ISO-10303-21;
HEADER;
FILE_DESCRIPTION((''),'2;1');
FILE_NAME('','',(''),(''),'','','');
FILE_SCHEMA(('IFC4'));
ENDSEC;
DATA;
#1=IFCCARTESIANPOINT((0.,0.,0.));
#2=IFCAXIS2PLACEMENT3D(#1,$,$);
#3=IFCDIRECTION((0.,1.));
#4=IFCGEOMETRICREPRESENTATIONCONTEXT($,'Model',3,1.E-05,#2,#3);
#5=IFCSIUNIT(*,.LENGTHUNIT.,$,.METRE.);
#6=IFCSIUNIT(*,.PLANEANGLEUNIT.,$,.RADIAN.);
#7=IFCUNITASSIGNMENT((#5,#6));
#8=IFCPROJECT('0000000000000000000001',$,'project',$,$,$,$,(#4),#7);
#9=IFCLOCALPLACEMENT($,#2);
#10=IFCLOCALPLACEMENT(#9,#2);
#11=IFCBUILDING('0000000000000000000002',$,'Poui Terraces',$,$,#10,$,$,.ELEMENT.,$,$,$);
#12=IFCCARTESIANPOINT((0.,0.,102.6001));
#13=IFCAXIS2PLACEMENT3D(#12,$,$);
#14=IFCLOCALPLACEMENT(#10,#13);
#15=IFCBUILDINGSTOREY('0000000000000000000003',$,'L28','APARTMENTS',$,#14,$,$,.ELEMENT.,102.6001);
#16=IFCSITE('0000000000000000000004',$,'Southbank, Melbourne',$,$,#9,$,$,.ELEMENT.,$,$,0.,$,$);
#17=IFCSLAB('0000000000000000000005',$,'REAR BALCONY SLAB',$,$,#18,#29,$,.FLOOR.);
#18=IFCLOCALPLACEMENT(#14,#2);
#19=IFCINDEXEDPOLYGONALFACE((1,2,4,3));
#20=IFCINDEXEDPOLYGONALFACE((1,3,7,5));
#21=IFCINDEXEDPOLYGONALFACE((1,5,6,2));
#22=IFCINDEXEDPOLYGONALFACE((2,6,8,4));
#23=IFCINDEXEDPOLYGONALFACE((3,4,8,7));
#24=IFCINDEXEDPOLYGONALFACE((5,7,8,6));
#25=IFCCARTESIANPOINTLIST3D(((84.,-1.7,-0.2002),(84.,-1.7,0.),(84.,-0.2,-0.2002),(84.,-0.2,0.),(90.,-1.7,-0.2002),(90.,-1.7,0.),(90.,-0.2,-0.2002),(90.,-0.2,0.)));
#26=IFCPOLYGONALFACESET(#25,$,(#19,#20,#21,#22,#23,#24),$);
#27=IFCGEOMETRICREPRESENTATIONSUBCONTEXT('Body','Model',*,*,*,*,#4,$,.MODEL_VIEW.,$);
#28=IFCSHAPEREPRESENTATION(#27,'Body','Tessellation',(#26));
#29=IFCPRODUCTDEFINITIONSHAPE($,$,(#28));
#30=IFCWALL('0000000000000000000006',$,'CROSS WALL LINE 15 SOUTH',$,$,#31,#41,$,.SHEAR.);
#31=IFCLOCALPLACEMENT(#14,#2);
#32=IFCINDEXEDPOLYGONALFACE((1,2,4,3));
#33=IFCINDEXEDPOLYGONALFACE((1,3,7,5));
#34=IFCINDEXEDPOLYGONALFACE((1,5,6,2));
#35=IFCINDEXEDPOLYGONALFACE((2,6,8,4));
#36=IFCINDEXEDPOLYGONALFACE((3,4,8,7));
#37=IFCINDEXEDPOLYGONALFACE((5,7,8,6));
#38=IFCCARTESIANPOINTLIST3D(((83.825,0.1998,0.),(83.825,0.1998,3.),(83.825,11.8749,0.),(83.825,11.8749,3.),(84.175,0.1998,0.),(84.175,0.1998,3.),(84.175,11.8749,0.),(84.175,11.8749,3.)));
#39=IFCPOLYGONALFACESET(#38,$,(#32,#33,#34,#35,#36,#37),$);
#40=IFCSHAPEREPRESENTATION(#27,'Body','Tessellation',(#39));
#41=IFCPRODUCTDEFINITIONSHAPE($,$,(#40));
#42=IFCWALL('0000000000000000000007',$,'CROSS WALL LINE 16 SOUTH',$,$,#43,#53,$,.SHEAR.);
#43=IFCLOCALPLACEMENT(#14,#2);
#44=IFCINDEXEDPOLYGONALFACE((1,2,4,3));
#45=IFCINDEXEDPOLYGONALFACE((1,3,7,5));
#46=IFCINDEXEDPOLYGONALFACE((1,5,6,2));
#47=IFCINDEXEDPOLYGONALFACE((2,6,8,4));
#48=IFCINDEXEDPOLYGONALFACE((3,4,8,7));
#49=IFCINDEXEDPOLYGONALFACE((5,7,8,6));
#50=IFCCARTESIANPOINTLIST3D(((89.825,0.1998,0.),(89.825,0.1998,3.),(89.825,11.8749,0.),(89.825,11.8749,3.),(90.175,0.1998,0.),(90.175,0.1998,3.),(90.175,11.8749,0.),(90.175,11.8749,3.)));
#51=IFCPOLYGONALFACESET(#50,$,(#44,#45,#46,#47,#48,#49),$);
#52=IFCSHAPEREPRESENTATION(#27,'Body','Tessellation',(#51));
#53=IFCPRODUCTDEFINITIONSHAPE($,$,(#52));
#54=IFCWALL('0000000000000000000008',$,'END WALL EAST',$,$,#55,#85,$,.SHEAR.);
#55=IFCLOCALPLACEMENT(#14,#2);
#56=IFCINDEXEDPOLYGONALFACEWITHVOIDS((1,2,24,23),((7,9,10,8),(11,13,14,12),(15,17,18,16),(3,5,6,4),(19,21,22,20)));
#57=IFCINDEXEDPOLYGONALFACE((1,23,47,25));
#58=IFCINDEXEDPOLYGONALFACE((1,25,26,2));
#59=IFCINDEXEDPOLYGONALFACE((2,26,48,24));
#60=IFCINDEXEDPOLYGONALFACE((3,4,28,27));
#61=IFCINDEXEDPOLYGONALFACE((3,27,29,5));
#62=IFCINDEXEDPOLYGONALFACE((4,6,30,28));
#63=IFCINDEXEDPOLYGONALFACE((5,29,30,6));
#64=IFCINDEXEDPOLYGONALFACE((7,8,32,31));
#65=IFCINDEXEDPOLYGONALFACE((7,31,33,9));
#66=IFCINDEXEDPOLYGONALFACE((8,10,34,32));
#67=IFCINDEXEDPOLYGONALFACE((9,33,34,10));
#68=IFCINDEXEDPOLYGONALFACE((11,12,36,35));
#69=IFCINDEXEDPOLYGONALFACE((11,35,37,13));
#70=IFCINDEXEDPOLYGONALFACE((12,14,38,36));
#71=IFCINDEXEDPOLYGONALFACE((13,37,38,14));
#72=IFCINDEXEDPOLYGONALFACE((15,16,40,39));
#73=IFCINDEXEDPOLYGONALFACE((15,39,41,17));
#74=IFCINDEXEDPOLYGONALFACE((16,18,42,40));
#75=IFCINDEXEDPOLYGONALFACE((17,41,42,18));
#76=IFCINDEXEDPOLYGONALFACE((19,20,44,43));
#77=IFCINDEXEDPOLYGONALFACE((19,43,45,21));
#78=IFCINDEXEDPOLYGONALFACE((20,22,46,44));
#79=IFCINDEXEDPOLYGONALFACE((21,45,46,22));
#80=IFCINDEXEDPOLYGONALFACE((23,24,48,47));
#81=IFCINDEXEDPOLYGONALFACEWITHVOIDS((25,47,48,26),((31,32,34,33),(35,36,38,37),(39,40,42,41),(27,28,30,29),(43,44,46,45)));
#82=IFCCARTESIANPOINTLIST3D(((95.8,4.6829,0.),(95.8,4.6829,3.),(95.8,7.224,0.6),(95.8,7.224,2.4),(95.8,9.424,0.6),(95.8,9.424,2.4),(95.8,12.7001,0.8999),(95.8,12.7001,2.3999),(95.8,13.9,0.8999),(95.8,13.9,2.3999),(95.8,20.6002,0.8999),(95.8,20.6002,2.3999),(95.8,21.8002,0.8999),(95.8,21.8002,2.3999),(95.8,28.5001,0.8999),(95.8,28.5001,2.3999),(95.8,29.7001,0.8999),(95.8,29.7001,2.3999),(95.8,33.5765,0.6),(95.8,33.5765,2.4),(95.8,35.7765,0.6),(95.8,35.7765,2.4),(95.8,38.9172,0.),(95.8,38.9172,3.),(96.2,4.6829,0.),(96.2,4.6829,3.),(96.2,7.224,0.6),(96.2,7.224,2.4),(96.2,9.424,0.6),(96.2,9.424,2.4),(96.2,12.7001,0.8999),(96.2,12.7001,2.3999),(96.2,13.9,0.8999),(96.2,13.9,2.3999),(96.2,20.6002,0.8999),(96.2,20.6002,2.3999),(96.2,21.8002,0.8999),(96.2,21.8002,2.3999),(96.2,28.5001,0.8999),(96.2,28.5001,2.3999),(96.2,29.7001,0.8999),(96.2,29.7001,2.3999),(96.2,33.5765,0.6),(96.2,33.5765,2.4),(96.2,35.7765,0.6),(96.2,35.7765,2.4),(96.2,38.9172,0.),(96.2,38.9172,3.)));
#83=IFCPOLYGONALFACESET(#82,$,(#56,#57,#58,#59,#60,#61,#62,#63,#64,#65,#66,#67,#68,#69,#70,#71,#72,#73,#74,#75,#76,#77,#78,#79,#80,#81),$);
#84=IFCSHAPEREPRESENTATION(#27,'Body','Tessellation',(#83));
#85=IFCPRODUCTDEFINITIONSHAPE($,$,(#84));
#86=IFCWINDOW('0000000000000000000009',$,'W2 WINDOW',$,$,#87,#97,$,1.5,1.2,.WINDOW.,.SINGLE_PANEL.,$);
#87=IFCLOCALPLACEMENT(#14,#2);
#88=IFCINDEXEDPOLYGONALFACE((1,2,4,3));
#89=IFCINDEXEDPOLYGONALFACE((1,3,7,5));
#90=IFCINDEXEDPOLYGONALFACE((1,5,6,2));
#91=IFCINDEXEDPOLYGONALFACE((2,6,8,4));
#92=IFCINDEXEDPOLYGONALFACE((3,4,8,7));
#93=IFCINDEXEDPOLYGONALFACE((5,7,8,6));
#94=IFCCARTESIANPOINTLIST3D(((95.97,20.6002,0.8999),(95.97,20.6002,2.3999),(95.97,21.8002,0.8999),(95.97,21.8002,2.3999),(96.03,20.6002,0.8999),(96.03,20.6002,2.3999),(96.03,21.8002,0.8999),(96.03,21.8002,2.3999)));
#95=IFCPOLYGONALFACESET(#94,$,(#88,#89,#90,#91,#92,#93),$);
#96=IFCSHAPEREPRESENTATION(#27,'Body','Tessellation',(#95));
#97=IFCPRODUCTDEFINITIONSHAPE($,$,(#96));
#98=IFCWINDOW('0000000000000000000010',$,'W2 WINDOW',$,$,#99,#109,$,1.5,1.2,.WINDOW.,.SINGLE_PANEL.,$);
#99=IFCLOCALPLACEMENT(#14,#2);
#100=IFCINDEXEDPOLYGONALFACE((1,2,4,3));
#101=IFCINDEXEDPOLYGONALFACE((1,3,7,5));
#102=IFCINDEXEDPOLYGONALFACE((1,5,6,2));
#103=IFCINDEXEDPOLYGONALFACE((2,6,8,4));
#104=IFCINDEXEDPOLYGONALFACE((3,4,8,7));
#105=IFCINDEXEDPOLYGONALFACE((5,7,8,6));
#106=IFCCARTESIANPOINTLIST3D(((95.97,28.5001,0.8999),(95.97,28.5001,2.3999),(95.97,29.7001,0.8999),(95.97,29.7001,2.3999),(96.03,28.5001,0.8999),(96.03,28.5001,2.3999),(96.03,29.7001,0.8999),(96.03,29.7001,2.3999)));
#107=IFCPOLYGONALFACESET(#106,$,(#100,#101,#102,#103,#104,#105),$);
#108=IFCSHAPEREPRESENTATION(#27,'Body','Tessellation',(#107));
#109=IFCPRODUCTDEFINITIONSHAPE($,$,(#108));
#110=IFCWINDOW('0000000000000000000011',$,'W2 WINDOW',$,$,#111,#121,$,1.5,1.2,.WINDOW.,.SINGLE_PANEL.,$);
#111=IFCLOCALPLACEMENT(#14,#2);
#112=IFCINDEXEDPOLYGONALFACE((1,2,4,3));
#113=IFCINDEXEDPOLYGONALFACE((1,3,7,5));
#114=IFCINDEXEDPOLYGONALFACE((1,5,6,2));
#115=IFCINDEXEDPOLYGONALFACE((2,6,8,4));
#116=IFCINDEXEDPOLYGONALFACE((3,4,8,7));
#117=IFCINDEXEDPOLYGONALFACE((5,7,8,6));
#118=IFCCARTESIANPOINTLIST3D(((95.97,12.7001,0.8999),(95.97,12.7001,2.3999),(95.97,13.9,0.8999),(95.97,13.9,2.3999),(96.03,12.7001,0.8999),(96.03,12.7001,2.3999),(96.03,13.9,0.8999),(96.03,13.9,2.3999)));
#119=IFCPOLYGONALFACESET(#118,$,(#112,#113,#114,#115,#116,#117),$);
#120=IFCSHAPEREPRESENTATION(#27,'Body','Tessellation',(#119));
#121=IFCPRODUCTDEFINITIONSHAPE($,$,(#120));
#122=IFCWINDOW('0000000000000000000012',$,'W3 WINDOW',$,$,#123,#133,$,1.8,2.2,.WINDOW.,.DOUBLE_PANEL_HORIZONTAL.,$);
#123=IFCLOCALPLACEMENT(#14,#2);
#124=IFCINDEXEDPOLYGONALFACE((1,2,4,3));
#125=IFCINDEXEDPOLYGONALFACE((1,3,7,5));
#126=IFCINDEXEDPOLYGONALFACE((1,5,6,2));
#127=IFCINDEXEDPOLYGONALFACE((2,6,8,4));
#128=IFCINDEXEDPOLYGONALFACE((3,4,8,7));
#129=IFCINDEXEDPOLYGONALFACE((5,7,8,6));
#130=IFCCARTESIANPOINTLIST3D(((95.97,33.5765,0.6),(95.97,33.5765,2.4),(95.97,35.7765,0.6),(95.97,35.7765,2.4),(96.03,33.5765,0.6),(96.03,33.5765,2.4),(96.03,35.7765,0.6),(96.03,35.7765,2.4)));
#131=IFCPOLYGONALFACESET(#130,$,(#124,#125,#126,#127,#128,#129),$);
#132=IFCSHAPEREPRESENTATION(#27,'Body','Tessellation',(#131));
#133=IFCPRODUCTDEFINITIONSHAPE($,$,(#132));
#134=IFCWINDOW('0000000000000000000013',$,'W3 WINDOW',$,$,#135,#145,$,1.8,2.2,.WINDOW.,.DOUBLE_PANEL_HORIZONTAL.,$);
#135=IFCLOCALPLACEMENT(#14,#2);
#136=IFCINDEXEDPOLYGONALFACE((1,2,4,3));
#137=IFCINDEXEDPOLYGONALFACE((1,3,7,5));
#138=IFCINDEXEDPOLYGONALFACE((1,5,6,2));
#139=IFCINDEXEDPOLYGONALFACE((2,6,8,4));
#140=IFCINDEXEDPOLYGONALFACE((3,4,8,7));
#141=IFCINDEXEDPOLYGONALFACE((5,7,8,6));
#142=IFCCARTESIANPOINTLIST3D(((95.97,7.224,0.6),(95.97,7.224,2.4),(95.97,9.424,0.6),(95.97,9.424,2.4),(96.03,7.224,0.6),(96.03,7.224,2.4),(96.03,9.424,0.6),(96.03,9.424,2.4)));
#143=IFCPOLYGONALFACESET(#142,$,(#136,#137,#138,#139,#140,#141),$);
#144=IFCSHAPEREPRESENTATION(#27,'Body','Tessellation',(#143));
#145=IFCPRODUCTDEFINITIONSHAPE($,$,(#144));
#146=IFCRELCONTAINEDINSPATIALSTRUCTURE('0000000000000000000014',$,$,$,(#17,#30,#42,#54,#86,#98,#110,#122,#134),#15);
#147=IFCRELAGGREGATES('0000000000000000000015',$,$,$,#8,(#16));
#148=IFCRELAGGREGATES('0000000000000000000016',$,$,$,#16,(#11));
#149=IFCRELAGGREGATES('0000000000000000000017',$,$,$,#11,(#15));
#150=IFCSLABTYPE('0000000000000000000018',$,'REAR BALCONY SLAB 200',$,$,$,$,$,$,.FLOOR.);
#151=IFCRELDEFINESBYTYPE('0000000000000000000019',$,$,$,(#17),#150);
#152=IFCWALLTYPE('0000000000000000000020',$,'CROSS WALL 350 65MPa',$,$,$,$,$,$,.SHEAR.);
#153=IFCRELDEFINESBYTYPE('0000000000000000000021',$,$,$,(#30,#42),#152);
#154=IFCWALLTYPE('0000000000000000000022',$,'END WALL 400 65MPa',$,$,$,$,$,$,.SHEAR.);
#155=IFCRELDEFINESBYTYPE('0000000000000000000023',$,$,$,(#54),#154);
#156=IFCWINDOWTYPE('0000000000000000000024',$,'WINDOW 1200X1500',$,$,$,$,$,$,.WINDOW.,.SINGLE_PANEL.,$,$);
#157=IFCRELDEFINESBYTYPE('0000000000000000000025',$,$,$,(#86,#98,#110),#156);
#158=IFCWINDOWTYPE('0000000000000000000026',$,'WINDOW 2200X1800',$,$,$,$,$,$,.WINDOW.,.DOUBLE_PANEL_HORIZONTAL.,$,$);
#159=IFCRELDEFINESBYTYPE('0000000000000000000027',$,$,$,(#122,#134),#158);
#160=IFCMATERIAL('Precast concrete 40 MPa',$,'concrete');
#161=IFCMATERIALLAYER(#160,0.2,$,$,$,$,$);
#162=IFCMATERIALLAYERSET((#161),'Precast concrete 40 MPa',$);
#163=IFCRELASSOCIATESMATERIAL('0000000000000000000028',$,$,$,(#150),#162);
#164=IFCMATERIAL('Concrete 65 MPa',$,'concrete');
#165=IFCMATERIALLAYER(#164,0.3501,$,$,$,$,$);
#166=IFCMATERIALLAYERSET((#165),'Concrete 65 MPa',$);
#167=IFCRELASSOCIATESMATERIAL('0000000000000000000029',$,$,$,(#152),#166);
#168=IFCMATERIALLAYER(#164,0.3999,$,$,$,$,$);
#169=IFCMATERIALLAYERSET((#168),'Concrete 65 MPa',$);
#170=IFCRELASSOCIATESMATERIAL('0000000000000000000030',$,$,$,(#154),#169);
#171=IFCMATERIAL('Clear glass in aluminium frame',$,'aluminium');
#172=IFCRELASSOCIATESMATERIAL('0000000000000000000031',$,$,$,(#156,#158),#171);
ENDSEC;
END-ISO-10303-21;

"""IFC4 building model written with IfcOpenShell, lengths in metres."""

from ifc_helpers import new_model, si_unit, direction, frame, frame_2d, origin, place, context, subcontext, project, spatial, polyline, rectangle, outline, extrude, source, transform, mapped, material, layer, layer_set, type_object, element, fill, save


model = new_model("IFC4")

# Units and contexts
model_context = context("Model", 3, precision=1e-05, world=origin(), true_north=direction((0.0, 1.0)))
body_context = subcontext(model_context, "Body", "Model", "MODEL_VIEW")
ifc_project = project(units=[si_unit("LENGTHUNIT", "METRE"), si_unit("PLANEANGLEUNIT", "RADIAN")], contexts=[model_context])

# Site, building, storey
site_placement = place(None, origin())
site = spatial("IfcSite", under=ifc_project, at=site_placement, Name="Southbank, Melbourne", CompositionType="ELEMENT", RefElevation=0.0)
building_placement = place(site_placement, origin())
building = spatial("IfcBuilding", under=site, at=building_placement, Name="Poui Terraces", CompositionType="ELEMENT")
storey_placement = place(building_placement, frame((0.0, 0.0, 102.6001)))
storey = spatial("IfcBuildingStorey", under=building, at=storey_placement, Name="L28", Description="APARTMENTS", CompositionType="ELEMENT", Elevation=102.6001)

# Slab
ifc_material_1 = material(Name="Precast concrete 40 MPa", Category="concrete")
ifc_layer_1 = layer(ifc_material_1, 0.2)
ifc_layer_set_1 = layer_set([ifc_layer_1], Name="Precast concrete 40 MPa")
slab_type = type_object("IfcSlabType", Name="REAR BALCONY SLAB 200", PredefinedType="FLOOR", material=ifc_layer_set_1)
shared_shape_1 = source(origin(), body_context, "Body", "SweptSolid", [
    extrude(outline(polyline([(0.0, 0.0), (6.0, 0.0), (6.0, 1.5), (0.0, 1.5), (0.0, 0.0)])), origin(), (0.0, 0.0, 1.0), 0.2002),
])
slab_placement = place(storey_placement, frame((84.0, -1.7, -0.2002)))
element("IfcSlab", 1, at=slab_placement, inside=storey, type_object=slab_type, Name="REAR BALCONY SLAB", PredefinedType="FLOOR", context=body_context, shape_type="MappedRepresentation", body=[
    mapped(shared_shape_1, transform((0.0, 0.0, 0.0))),
])

# Walls
ifc_material_2 = material(Name="Concrete 65 MPa", Category="concrete")
ifc_layer_2 = layer(ifc_material_2, 0.3501)
ifc_layer_set_2 = layer_set([ifc_layer_2], Name="Concrete 65 MPa")
wall_type_1 = type_object("IfcWallType", Name="CROSS WALL 350 65MPa", PredefinedType="SHEAR", material=ifc_layer_set_2)
for number, where, z_axis, x_axis, name in (
    (2, (84.0, 0.2, 0.0), (0.0, 0.0, 1.0), (0.0, 1.0, 0.0), "CROSS WALL LINE 15 SOUTH"),
    (3, (90.0, 0.2, 0.0), (0.0, 0.0, 1.0), (0.0, 1.0, 0.0), "CROSS WALL LINE 16 SOUTH"),
):
    element("IfcWall", number, at=place(storey_placement, frame(where, z_axis=z_axis, x_axis=x_axis)), inside=storey, type_object=wall_type_1, Name=name, PredefinedType="SHEAR", context=body_context, shape_type="SweptSolid", body=[
        extrude(rectangle(XDim=11.675, YDim=0.3501, at=frame_2d((5.8374, 0.0))), origin(), (0.0, 0.0, 1.0), 3.0),
    ])

# Wall, openings, windows
ifc_layer_3 = layer(ifc_material_2, 0.3999)
ifc_layer_set_3 = layer_set([ifc_layer_3], Name="Concrete 65 MPa")
wall_type_2 = type_object("IfcWallType", Name="END WALL 400 65MPa", PredefinedType="SHEAR", material=ifc_layer_set_3)
wall_1_placement = place(storey_placement, frame((96.0, 4.6829, 0.0), z_axis=(0.0, 0.0, 1.0), x_axis=(0.0, 1.0, 0.0)))
wall_1 = element("IfcWall", 4, at=wall_1_placement, inside=storey, type_object=wall_type_2, Name="END WALL EAST", PredefinedType="SHEAR", context=body_context, shape_type="SweptSolid", body=[
    extrude(rectangle(XDim=34.2344, YDim=0.3999, at=frame_2d((17.1172, 0.0))), origin(), (0.0, 0.0, 1.0), 3.0),
])
opening_1_placement = place(wall_1_placement, frame((15.9172, 0.0, 0.8999)))
opening_1 = element("IfcOpeningElement", 5, at=opening_1_placement, cuts=wall_1, PredefinedType="OPENING", context=body_context, shape_type="SweptSolid", body=[
    extrude(rectangle(XDim=1.2, YDim=1.5, at=frame_2d((0.6001, 0.75))), frame((0.0, 0.21, 0.0), z_axis=(0.0, -1.0, 0.0), x_axis=(1.0, 0.0, 0.0)), (0.0, 0.0, 1.0), 0.4199),
])
opening_2_placement = place(wall_1_placement, frame((23.8171, 0.0, 0.8999)))
opening_2 = element("IfcOpeningElement", 6, at=opening_2_placement, cuts=wall_1, PredefinedType="OPENING", context=body_context, shape_type="SweptSolid", body=[
    extrude(rectangle(XDim=1.2, YDim=1.5, at=frame_2d((0.6001, 0.75))), frame((0.0, 0.21, 0.0), z_axis=(0.0, -1.0, 0.0), x_axis=(1.0, 0.0, 0.0)), (0.0, 0.0, 1.0), 0.4199),
])
opening_3_placement = place(wall_1_placement, frame((8.0171, 0.0, 0.8999)))
opening_3 = element("IfcOpeningElement", 7, at=opening_3_placement, cuts=wall_1, PredefinedType="OPENING", context=body_context, shape_type="SweptSolid", body=[
    extrude(rectangle(XDim=1.2, YDim=1.5, at=frame_2d((0.6001, 0.75))), frame((0.0, 0.21, 0.0), z_axis=(0.0, -1.0, 0.0), x_axis=(1.0, 0.0, 0.0)), (0.0, 0.0, 1.0), 0.4199),
])
opening_4_placement = place(wall_1_placement, frame((28.8936, 0.0, 0.6001)))
opening_4 = element("IfcOpeningElement", 8, at=opening_4_placement, cuts=wall_1, PredefinedType="OPENING", context=body_context, shape_type="SweptSolid", body=[
    extrude(rectangle(XDim=2.2, YDim=1.8, at=frame_2d((1.1001, 0.8999))), frame((0.0, 0.21, 0.0), z_axis=(0.0, -1.0, 0.0), x_axis=(1.0, 0.0, 0.0)), (0.0, 0.0, 1.0), 0.4199),
])
opening_5_placement = place(wall_1_placement, frame((2.541, 0.0, 0.6001)))
opening_5 = element("IfcOpeningElement", 9, at=opening_5_placement, cuts=wall_1, PredefinedType="OPENING", context=body_context, shape_type="SweptSolid", body=[
    extrude(rectangle(XDim=2.2, YDim=1.8, at=frame_2d((1.1001, 0.8999))), frame((0.0, 0.21, 0.0), z_axis=(0.0, -1.0, 0.0), x_axis=(1.0, 0.0, 0.0)), (0.0, 0.0, 1.0), 0.4199),
])
ifc_material_3 = material(Name="Clear glass in aluminium frame", Category="aluminium")
window_type_1 = type_object("IfcWindowType", Name="WINDOW 1200X1500", PartitioningType="SINGLE_PANEL", PredefinedType="WINDOW", material=ifc_material_3)
window_1_placement = place(opening_1_placement, origin())
window_1 = element("IfcWindow", 10, at=window_1_placement, inside=storey, type_object=window_type_1, Name="W2 WINDOW", OverallHeight=1.5, OverallWidth=1.2, PartitioningType="SINGLE_PANEL", PredefinedType="WINDOW", context=body_context, shape_type="SweptSolid", body=[
    extrude(rectangle(XDim=1.2, YDim=1.5, at=frame_2d((0.6001, 0.75))), frame((0.0, 0.03, 0.0), z_axis=(0.0, -1.0, 0.0), x_axis=(1.0, 0.0, 0.0)), (0.0, 0.0, 1.0), 0.0601),
])
fill(opening_1, window_1)
window_2_placement = place(opening_2_placement, origin())
window_2 = element("IfcWindow", 11, at=window_2_placement, inside=storey, type_object=window_type_1, Name="W2 WINDOW", OverallHeight=1.5, OverallWidth=1.2, PartitioningType="SINGLE_PANEL", PredefinedType="WINDOW", context=body_context, shape_type="SweptSolid", body=[
    extrude(rectangle(XDim=1.2, YDim=1.5, at=frame_2d((0.6001, 0.75))), frame((0.0, 0.03, 0.0), z_axis=(0.0, -1.0, 0.0), x_axis=(1.0, 0.0, 0.0)), (0.0, 0.0, 1.0), 0.0601),
])
fill(opening_2, window_2)
window_3_placement = place(opening_3_placement, origin())
window_3 = element("IfcWindow", 12, at=window_3_placement, inside=storey, type_object=window_type_1, Name="W2 WINDOW", OverallHeight=1.5, OverallWidth=1.2, PartitioningType="SINGLE_PANEL", PredefinedType="WINDOW", context=body_context, shape_type="SweptSolid", body=[
    extrude(rectangle(XDim=1.2, YDim=1.5, at=frame_2d((0.6001, 0.75))), frame((0.0, 0.03, 0.0), z_axis=(0.0, -1.0, 0.0), x_axis=(1.0, 0.0, 0.0)), (0.0, 0.0, 1.0), 0.0601),
])
fill(opening_3, window_3)
window_type_2 = type_object("IfcWindowType", Name="WINDOW 2200X1800", PartitioningType="DOUBLE_PANEL_HORIZONTAL", PredefinedType="WINDOW", material=ifc_material_3)
window_4_placement = place(opening_4_placement, origin())
window_4 = element("IfcWindow", 13, at=window_4_placement, inside=storey, type_object=window_type_2, Name="W3 WINDOW", OverallHeight=1.8, OverallWidth=2.2, PartitioningType="DOUBLE_PANEL_HORIZONTAL", PredefinedType="WINDOW", context=body_context, shape_type="SweptSolid", body=[
    extrude(rectangle(XDim=2.2, YDim=1.8, at=frame_2d((1.1001, 0.8999))), frame((0.0, 0.03, 0.0), z_axis=(0.0, -1.0, 0.0), x_axis=(1.0, 0.0, 0.0)), (0.0, 0.0, 1.0), 0.0601),
])
fill(opening_4, window_4)
window_5_placement = place(opening_5_placement, origin())
window_5 = element("IfcWindow", 14, at=window_5_placement, inside=storey, type_object=window_type_2, Name="W3 WINDOW", OverallHeight=1.8, OverallWidth=2.2, PartitioningType="DOUBLE_PANEL_HORIZONTAL", PredefinedType="WINDOW", context=body_context, shape_type="SweptSolid", body=[
    extrude(rectangle(XDim=2.2, YDim=1.8, at=frame_2d((1.1001, 0.8999))), frame((0.0, 0.03, 0.0), z_axis=(0.0, -1.0, 0.0), x_axis=(1.0, 0.0, 0.0)), (0.0, 0.0, 1.0), 0.0601),
])
fill(opening_5, window_5)

save(model, "model.ifc")
